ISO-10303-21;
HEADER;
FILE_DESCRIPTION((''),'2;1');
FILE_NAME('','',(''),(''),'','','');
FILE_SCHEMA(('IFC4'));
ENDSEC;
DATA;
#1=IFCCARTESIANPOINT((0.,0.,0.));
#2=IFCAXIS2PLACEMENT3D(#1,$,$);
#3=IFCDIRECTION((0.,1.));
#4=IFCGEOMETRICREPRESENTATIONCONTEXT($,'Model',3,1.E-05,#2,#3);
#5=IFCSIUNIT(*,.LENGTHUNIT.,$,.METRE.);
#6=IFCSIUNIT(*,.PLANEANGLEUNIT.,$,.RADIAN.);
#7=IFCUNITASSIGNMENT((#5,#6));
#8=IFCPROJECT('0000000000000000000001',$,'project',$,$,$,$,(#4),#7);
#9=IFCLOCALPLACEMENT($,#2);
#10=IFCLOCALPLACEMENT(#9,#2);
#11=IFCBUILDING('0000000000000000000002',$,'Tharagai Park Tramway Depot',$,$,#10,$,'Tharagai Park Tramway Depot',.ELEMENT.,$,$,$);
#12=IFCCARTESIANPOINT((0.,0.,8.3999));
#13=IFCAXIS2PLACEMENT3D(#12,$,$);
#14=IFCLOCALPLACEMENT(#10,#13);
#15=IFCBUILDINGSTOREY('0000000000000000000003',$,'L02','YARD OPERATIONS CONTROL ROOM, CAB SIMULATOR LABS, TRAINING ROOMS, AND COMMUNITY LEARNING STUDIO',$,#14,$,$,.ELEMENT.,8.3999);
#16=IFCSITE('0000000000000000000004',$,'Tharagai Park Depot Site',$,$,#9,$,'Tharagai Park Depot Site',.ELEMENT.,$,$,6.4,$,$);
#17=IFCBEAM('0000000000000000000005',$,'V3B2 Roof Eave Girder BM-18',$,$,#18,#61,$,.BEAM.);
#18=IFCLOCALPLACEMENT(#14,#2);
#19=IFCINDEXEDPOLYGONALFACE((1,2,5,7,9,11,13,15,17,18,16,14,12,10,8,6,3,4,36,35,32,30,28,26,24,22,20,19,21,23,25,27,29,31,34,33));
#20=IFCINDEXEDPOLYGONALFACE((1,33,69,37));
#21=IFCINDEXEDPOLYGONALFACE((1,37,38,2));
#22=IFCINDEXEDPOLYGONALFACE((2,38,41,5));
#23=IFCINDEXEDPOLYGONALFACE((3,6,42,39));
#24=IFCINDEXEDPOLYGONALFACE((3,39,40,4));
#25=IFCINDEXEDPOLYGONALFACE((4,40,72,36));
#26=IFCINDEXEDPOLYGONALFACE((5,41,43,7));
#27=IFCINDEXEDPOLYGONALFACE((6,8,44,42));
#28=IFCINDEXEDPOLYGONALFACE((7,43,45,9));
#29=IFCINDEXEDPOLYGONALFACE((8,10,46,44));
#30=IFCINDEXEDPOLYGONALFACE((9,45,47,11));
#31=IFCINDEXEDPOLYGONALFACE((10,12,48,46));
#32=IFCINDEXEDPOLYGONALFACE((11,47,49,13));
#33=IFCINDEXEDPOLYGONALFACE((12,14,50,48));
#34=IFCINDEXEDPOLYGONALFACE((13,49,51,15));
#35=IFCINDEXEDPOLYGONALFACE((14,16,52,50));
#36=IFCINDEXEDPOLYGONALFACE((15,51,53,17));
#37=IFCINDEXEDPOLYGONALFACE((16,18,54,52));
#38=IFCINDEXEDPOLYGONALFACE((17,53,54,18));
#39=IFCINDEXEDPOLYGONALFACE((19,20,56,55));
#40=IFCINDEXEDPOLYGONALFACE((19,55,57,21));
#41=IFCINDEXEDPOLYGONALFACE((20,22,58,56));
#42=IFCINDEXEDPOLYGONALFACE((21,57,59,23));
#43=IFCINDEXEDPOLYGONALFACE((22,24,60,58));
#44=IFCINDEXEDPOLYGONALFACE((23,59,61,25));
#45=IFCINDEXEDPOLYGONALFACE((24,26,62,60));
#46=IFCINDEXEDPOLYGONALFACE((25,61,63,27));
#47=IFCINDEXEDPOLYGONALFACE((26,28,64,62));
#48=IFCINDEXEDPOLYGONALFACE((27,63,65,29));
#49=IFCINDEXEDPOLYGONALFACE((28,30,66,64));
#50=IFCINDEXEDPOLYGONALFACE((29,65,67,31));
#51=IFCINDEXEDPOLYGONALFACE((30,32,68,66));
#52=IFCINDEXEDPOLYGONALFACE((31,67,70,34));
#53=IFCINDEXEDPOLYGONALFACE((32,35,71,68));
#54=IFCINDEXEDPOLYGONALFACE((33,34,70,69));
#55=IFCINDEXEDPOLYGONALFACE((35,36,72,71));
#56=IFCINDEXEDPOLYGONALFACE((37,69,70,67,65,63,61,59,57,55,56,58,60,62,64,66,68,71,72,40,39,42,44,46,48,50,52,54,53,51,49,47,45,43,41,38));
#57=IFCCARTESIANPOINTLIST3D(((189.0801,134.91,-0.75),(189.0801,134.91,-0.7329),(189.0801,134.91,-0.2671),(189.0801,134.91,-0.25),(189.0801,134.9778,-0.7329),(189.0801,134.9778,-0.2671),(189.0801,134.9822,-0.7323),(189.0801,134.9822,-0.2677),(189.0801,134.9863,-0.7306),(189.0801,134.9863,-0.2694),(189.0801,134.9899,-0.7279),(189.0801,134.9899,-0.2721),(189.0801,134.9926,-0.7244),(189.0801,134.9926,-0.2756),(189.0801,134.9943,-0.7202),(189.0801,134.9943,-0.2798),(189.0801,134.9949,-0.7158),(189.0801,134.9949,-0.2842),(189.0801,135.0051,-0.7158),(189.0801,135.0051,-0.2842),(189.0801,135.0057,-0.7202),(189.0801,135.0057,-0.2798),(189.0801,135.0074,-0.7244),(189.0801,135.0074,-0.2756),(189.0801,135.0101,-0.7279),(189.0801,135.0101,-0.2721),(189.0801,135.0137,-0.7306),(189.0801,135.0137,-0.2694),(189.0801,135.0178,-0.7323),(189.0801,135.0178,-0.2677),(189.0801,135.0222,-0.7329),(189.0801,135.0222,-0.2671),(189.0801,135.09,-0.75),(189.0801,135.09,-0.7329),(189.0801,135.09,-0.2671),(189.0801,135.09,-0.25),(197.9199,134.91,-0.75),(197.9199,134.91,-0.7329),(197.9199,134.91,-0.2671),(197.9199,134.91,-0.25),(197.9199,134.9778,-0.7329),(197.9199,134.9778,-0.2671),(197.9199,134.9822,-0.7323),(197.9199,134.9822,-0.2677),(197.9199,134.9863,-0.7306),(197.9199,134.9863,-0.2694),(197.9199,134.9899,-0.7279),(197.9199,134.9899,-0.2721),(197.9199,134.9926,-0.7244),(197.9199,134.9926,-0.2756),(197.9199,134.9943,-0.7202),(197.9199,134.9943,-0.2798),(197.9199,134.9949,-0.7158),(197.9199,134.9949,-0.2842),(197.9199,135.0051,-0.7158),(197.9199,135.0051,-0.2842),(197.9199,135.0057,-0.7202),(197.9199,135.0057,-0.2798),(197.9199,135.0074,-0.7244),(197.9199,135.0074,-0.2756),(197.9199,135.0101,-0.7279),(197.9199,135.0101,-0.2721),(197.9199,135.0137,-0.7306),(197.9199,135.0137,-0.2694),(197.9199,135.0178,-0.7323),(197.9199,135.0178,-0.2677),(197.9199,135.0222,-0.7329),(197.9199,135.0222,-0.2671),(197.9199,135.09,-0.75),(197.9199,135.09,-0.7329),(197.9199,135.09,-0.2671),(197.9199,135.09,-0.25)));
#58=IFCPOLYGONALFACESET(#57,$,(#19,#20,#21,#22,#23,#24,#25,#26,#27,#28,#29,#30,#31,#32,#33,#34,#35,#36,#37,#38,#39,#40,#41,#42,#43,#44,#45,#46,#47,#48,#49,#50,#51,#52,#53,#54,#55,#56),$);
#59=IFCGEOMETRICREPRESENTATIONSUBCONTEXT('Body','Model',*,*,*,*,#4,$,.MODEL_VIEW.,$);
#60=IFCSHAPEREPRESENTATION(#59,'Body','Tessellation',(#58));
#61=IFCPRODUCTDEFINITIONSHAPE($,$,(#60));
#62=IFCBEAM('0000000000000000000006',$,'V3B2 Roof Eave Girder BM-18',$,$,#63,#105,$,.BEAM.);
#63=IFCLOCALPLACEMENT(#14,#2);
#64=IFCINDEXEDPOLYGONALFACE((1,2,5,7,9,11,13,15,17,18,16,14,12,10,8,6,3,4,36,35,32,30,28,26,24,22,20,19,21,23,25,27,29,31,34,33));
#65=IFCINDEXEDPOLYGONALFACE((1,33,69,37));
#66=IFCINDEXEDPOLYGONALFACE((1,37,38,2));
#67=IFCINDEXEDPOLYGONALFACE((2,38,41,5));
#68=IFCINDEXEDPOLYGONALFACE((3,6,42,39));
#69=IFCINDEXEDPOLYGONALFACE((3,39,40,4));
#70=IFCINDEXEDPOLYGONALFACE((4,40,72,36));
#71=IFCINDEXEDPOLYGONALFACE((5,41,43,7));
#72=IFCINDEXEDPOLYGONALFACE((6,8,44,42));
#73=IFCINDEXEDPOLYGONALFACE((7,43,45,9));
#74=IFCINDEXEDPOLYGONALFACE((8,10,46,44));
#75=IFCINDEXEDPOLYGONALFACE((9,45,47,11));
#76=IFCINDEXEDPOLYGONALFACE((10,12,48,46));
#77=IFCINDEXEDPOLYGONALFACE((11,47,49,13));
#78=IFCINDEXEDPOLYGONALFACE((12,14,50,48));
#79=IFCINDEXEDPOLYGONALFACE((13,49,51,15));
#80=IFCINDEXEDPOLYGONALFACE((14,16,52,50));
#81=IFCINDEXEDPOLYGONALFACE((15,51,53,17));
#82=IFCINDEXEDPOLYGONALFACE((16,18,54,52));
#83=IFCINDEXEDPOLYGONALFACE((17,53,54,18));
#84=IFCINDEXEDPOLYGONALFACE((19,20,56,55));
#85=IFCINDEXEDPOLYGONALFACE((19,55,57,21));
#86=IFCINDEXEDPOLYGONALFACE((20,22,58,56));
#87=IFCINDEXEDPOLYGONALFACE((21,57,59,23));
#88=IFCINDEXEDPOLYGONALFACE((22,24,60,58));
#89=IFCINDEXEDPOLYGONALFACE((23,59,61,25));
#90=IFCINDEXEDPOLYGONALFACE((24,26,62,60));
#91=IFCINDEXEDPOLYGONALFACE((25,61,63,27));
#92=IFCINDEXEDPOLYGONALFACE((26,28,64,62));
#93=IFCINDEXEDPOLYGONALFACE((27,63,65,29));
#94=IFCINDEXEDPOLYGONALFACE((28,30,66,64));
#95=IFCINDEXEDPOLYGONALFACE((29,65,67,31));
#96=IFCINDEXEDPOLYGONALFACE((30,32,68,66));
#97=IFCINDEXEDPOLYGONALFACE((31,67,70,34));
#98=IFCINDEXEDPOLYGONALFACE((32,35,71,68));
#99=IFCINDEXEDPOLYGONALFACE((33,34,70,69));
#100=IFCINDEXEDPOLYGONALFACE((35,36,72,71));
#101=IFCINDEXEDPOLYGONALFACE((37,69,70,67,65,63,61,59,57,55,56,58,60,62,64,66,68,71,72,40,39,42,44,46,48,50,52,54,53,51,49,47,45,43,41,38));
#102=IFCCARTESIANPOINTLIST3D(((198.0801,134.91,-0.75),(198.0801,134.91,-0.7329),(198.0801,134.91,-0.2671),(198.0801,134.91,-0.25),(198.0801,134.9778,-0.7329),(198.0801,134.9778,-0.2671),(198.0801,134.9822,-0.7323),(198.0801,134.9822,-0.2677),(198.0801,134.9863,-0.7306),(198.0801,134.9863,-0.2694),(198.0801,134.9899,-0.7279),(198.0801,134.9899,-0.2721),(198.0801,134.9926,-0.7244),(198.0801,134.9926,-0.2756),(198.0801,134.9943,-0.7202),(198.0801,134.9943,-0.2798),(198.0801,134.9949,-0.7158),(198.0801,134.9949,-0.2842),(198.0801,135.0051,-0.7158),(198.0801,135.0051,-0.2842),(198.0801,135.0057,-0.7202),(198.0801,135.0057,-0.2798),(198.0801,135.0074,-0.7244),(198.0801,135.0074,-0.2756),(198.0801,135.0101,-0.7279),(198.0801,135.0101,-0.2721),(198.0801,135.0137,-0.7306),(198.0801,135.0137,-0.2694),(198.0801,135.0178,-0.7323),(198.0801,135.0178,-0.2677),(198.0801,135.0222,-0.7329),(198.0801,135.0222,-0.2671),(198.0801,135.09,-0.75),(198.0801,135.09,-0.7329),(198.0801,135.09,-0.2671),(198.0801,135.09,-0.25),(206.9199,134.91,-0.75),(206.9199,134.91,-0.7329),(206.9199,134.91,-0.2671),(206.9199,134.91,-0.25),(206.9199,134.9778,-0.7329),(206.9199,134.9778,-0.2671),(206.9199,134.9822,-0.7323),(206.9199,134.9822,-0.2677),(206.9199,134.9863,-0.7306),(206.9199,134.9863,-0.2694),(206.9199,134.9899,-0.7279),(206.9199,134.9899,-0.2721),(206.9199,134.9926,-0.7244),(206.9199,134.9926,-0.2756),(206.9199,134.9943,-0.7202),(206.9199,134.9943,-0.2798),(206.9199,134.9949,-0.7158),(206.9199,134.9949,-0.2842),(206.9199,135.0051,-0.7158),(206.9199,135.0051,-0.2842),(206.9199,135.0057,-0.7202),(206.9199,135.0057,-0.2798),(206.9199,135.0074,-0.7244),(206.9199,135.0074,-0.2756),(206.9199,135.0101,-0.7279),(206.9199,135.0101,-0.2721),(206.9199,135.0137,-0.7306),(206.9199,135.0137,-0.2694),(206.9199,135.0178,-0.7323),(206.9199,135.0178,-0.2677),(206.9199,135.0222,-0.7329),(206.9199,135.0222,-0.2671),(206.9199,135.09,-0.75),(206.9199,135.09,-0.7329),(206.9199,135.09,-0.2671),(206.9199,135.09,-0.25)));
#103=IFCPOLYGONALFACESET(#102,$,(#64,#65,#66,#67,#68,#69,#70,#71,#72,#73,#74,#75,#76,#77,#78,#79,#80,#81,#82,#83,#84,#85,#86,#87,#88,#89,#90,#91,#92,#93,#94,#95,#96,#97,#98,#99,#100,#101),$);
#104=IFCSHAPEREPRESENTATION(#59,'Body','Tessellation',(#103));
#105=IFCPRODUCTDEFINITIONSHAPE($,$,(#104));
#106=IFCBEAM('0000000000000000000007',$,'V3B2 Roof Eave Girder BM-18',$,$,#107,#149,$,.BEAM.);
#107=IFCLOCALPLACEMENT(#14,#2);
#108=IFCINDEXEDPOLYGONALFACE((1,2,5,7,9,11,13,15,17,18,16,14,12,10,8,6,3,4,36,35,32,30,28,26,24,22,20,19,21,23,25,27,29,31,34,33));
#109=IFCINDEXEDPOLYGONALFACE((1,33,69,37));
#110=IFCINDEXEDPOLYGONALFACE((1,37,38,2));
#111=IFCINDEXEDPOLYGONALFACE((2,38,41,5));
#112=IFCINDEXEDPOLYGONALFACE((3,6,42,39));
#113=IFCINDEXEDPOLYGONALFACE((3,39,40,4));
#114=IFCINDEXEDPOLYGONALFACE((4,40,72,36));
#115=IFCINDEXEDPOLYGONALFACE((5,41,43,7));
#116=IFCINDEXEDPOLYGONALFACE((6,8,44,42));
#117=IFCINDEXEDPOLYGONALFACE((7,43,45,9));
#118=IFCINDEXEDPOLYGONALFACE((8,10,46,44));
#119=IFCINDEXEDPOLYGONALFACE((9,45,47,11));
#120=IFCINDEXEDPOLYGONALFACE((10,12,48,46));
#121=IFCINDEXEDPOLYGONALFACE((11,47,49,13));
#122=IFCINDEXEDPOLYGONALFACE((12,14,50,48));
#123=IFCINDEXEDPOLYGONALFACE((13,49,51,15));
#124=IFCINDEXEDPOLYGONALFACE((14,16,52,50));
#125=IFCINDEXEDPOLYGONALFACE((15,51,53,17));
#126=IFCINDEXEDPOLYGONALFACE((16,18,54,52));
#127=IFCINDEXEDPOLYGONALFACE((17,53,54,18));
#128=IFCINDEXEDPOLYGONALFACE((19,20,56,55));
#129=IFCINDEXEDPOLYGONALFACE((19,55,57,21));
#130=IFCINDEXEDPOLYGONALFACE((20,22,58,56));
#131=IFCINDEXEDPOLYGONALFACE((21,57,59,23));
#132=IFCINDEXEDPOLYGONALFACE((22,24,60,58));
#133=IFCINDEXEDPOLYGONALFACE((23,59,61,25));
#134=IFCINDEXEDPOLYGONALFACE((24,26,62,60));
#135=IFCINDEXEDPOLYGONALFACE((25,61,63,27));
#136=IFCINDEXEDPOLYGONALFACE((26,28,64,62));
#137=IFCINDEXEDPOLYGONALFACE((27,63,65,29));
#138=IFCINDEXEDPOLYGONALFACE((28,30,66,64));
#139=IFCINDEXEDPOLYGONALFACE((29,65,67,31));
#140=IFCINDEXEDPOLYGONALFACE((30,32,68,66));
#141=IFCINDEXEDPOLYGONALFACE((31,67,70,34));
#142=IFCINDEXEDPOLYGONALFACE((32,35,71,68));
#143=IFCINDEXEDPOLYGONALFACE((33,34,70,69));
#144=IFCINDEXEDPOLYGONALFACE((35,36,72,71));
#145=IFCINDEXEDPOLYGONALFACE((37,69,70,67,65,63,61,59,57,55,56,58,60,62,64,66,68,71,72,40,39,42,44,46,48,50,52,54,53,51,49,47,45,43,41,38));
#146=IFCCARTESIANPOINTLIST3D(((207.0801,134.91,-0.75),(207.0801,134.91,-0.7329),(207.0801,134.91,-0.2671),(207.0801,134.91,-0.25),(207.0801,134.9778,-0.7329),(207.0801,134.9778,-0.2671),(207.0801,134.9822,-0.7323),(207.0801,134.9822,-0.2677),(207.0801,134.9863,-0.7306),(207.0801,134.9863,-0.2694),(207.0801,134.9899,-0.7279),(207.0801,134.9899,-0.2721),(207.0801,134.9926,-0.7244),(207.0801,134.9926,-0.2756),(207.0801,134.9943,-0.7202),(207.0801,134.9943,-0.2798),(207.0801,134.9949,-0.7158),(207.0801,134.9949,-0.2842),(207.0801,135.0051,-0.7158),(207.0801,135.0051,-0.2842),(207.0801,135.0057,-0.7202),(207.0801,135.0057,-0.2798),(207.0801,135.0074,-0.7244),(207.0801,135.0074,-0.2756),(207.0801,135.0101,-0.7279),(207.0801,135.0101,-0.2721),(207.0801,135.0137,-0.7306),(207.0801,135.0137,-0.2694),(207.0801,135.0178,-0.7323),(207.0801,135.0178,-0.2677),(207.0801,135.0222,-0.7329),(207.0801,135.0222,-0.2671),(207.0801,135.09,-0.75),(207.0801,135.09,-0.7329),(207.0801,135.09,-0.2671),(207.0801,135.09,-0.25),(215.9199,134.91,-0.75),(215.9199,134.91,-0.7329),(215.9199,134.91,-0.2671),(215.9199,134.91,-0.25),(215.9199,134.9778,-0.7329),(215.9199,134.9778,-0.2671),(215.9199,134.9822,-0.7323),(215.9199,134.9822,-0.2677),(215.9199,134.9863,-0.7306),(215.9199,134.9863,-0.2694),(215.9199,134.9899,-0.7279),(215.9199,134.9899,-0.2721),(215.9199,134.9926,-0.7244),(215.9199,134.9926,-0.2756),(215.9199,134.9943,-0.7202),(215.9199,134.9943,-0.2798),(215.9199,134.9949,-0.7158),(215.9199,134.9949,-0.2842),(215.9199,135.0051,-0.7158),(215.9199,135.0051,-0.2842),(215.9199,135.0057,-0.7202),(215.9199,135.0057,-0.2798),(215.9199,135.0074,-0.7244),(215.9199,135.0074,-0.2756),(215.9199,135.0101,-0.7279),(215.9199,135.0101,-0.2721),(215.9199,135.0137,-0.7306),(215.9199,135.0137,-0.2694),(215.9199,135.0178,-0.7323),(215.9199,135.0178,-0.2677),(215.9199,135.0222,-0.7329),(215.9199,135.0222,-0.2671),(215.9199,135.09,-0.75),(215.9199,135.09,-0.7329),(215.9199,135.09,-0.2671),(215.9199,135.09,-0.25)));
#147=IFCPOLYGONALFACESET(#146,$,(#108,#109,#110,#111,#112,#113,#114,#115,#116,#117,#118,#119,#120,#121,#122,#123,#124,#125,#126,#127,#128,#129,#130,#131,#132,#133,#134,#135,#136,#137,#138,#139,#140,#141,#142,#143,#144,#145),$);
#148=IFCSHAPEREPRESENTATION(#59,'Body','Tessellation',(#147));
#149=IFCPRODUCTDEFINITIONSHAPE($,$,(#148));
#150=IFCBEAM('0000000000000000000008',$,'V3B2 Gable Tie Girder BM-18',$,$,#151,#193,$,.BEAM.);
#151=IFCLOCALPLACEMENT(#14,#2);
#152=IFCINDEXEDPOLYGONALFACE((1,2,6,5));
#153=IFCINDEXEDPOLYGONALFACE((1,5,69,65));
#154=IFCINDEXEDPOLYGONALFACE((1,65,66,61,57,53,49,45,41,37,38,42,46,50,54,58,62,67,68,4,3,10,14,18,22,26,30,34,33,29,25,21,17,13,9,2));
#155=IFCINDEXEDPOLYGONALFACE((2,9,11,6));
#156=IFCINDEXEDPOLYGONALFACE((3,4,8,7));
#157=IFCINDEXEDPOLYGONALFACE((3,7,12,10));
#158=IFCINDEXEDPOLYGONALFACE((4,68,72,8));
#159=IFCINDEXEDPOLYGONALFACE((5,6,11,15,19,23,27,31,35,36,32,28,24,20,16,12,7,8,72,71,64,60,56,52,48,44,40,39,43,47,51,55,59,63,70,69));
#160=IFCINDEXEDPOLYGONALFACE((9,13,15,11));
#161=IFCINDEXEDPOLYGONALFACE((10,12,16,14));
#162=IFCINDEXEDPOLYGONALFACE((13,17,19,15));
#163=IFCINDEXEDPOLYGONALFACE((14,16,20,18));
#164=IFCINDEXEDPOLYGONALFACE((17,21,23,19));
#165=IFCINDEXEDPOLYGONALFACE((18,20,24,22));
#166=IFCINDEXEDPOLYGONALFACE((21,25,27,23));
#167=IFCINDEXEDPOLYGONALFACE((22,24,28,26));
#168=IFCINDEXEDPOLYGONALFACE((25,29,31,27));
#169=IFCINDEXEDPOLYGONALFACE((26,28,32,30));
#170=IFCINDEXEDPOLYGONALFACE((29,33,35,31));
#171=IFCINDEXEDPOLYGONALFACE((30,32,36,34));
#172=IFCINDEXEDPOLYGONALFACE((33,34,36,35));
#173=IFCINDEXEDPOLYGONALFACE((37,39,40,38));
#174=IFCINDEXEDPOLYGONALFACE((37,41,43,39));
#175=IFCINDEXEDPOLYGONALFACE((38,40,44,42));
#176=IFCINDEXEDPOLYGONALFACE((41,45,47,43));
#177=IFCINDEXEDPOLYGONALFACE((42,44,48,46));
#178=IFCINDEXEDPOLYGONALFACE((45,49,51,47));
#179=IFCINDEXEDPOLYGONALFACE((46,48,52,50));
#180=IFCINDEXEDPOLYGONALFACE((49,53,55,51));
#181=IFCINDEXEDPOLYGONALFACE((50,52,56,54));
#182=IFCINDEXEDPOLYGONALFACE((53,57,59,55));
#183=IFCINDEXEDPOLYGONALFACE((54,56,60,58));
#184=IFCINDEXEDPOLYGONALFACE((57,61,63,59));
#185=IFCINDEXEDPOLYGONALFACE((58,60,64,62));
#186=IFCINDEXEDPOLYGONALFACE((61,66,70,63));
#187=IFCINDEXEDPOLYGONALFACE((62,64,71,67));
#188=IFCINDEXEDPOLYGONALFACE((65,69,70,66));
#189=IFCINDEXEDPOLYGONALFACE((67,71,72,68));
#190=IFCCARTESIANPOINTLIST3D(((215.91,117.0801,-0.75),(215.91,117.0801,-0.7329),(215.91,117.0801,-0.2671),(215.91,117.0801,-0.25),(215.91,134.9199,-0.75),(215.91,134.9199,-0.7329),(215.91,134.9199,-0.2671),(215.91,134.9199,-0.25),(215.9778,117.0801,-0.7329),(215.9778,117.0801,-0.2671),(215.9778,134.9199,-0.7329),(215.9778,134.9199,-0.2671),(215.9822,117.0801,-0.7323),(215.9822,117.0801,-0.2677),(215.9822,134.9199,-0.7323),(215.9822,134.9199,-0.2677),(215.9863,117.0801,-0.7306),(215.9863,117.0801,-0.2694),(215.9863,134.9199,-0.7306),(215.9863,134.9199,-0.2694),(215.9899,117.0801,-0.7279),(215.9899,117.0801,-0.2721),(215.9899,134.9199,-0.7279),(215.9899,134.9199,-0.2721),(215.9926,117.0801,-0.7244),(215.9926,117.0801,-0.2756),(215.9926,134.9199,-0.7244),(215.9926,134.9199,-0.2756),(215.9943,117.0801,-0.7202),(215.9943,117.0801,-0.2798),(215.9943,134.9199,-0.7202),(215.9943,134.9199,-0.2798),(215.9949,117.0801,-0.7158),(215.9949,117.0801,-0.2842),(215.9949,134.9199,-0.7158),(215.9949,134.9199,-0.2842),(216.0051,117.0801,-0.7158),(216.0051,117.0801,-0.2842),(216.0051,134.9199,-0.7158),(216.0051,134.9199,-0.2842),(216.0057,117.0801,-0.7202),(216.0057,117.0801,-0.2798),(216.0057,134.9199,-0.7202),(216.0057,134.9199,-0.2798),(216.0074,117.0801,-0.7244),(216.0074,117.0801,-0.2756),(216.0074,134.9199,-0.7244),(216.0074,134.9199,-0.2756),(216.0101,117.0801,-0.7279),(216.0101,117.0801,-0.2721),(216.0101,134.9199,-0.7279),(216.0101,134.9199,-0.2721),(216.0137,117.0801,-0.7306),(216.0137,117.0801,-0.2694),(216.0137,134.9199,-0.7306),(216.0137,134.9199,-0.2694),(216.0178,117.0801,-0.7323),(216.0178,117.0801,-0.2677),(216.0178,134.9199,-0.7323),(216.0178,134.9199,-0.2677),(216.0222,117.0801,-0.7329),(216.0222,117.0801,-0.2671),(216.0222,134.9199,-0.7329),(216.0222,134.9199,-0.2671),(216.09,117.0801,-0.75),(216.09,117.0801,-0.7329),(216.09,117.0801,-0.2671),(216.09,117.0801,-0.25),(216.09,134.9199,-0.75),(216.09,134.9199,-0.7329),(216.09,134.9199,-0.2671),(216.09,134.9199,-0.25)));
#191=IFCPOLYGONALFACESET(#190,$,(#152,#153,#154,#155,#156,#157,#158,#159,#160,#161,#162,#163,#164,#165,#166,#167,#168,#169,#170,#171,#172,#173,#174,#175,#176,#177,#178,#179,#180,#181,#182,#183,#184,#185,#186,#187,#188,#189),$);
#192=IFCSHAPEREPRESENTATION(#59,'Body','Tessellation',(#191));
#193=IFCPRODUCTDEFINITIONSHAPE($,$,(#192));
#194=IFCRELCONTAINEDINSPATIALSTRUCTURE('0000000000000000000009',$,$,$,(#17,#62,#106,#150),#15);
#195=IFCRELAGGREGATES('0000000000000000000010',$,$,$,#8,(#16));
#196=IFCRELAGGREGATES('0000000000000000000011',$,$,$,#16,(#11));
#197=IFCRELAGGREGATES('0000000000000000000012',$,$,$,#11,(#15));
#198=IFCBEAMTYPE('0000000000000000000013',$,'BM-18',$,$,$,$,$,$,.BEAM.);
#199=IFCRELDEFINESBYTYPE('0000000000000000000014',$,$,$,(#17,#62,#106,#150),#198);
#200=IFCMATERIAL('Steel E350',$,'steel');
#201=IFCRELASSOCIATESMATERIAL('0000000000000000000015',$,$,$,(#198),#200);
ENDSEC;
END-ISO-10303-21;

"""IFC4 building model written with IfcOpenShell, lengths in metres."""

from ifc_helpers import new_model, si_unit, direction, frame, origin, origin_2d, place, context, subcontext, project, spatial, i_section, extrude, material, material_profile, profile_set, type_object, element, save


model = new_model("IFC4")

# Units and contexts
model_context = context("Model", 3, precision=1e-05, world=origin(), true_north=direction((0.0, 1.0)))
body_context = subcontext(model_context, "Body", "Model", "MODEL_VIEW")
ifc_project = project(units=[si_unit("LENGTHUNIT", "METRE"), si_unit("PLANEANGLEUNIT", "RADIAN")], contexts=[model_context])

# Site, building, storey
site_placement = place(None, origin())
site = spatial("IfcSite", under=ifc_project, at=site_placement, Name="Tharagai Park Depot Site", LongName="Tharagai Park Depot Site", CompositionType="ELEMENT", RefElevation=6.4)
building_placement = place(site_placement, origin())
building = spatial("IfcBuilding", under=site, at=building_placement, Name="Tharagai Park Tramway Depot", LongName="Tharagai Park Tramway Depot", CompositionType="ELEMENT")
storey_placement = place(building_placement, frame((0.0, 0.0, 8.3999)))
storey = spatial("IfcBuildingStorey", under=building, at=storey_placement, Name="L02", Description="YARD OPERATIONS CONTROL ROOM, CAB SIMULATOR LABS, TRAINING ROOMS, AND COMMUNITY LEARNING STUDIO", CompositionType="ELEMENT", Elevation=8.3999)

# Beams
ifc_material_1 = material(Name="Steel E350", Category="steel")
ifc_material_profile_1 = material_profile(ifc_material_1, i_section(OverallWidth=0.1799, OverallDepth=0.5, WebThickness=0.0103, FlangeThickness=0.0171, FilletRadius=0.0171, at=origin_2d()), Name="ISMB 500")
ifc_profile_set_1 = profile_set([ifc_material_profile_1], Name="Steel E350")
beam_type = type_object("IfcBeamType", Name="BM-18", PredefinedType="BEAM", material=ifc_profile_set_1)
for number, where, z_axis, x_axis, name in (
    (1, (189.0801, 135.0, -0.5), (1.0, 0.0, 0.0), (0.0, 1.0, 0.0), "V3B2 Roof Eave Girder BM-18"),
    (2, (198.0801, 135.0, -0.5), (1.0, 0.0, 0.0), (0.0, 1.0, 0.0), "V3B2 Roof Eave Girder BM-18"),
    (3, (207.0801, 135.0, -0.5), (1.0, 0.0, 0.0), (0.0, 1.0, 0.0), "V3B2 Roof Eave Girder BM-18"),
):
    element("IfcBeam", number, at=place(storey_placement, frame(where, z_axis=z_axis, x_axis=x_axis)), inside=storey, type_object=beam_type, Name=name, PredefinedType="BEAM", context=body_context, shape_type="SweptSolid", body=[
        extrude(i_section(OverallWidth=0.1799, OverallDepth=0.5, WebThickness=0.0103, FlangeThickness=0.0171, FilletRadius=0.0171, at=origin_2d()), origin(), (0.0, 0.0, 1.0), 8.8398),
    ])
beam_placement = place(storey_placement, frame((216.0, 117.0801, -0.5), z_axis=(0.0, 1.0, 0.0), x_axis=(-1.0, 0.0, 0.0)))
element("IfcBeam", 4, at=beam_placement, inside=storey, type_object=beam_type, Name="V3B2 Gable Tie Girder BM-18", PredefinedType="BEAM", context=body_context, shape_type="SweptSolid", body=[
    extrude(i_section(OverallWidth=0.1799, OverallDepth=0.5, WebThickness=0.0103, FlangeThickness=0.0171, FilletRadius=0.0171, at=origin_2d()), origin(), (0.0, 0.0, 1.0), 17.8398),
])

save(model, "model.ifc")
